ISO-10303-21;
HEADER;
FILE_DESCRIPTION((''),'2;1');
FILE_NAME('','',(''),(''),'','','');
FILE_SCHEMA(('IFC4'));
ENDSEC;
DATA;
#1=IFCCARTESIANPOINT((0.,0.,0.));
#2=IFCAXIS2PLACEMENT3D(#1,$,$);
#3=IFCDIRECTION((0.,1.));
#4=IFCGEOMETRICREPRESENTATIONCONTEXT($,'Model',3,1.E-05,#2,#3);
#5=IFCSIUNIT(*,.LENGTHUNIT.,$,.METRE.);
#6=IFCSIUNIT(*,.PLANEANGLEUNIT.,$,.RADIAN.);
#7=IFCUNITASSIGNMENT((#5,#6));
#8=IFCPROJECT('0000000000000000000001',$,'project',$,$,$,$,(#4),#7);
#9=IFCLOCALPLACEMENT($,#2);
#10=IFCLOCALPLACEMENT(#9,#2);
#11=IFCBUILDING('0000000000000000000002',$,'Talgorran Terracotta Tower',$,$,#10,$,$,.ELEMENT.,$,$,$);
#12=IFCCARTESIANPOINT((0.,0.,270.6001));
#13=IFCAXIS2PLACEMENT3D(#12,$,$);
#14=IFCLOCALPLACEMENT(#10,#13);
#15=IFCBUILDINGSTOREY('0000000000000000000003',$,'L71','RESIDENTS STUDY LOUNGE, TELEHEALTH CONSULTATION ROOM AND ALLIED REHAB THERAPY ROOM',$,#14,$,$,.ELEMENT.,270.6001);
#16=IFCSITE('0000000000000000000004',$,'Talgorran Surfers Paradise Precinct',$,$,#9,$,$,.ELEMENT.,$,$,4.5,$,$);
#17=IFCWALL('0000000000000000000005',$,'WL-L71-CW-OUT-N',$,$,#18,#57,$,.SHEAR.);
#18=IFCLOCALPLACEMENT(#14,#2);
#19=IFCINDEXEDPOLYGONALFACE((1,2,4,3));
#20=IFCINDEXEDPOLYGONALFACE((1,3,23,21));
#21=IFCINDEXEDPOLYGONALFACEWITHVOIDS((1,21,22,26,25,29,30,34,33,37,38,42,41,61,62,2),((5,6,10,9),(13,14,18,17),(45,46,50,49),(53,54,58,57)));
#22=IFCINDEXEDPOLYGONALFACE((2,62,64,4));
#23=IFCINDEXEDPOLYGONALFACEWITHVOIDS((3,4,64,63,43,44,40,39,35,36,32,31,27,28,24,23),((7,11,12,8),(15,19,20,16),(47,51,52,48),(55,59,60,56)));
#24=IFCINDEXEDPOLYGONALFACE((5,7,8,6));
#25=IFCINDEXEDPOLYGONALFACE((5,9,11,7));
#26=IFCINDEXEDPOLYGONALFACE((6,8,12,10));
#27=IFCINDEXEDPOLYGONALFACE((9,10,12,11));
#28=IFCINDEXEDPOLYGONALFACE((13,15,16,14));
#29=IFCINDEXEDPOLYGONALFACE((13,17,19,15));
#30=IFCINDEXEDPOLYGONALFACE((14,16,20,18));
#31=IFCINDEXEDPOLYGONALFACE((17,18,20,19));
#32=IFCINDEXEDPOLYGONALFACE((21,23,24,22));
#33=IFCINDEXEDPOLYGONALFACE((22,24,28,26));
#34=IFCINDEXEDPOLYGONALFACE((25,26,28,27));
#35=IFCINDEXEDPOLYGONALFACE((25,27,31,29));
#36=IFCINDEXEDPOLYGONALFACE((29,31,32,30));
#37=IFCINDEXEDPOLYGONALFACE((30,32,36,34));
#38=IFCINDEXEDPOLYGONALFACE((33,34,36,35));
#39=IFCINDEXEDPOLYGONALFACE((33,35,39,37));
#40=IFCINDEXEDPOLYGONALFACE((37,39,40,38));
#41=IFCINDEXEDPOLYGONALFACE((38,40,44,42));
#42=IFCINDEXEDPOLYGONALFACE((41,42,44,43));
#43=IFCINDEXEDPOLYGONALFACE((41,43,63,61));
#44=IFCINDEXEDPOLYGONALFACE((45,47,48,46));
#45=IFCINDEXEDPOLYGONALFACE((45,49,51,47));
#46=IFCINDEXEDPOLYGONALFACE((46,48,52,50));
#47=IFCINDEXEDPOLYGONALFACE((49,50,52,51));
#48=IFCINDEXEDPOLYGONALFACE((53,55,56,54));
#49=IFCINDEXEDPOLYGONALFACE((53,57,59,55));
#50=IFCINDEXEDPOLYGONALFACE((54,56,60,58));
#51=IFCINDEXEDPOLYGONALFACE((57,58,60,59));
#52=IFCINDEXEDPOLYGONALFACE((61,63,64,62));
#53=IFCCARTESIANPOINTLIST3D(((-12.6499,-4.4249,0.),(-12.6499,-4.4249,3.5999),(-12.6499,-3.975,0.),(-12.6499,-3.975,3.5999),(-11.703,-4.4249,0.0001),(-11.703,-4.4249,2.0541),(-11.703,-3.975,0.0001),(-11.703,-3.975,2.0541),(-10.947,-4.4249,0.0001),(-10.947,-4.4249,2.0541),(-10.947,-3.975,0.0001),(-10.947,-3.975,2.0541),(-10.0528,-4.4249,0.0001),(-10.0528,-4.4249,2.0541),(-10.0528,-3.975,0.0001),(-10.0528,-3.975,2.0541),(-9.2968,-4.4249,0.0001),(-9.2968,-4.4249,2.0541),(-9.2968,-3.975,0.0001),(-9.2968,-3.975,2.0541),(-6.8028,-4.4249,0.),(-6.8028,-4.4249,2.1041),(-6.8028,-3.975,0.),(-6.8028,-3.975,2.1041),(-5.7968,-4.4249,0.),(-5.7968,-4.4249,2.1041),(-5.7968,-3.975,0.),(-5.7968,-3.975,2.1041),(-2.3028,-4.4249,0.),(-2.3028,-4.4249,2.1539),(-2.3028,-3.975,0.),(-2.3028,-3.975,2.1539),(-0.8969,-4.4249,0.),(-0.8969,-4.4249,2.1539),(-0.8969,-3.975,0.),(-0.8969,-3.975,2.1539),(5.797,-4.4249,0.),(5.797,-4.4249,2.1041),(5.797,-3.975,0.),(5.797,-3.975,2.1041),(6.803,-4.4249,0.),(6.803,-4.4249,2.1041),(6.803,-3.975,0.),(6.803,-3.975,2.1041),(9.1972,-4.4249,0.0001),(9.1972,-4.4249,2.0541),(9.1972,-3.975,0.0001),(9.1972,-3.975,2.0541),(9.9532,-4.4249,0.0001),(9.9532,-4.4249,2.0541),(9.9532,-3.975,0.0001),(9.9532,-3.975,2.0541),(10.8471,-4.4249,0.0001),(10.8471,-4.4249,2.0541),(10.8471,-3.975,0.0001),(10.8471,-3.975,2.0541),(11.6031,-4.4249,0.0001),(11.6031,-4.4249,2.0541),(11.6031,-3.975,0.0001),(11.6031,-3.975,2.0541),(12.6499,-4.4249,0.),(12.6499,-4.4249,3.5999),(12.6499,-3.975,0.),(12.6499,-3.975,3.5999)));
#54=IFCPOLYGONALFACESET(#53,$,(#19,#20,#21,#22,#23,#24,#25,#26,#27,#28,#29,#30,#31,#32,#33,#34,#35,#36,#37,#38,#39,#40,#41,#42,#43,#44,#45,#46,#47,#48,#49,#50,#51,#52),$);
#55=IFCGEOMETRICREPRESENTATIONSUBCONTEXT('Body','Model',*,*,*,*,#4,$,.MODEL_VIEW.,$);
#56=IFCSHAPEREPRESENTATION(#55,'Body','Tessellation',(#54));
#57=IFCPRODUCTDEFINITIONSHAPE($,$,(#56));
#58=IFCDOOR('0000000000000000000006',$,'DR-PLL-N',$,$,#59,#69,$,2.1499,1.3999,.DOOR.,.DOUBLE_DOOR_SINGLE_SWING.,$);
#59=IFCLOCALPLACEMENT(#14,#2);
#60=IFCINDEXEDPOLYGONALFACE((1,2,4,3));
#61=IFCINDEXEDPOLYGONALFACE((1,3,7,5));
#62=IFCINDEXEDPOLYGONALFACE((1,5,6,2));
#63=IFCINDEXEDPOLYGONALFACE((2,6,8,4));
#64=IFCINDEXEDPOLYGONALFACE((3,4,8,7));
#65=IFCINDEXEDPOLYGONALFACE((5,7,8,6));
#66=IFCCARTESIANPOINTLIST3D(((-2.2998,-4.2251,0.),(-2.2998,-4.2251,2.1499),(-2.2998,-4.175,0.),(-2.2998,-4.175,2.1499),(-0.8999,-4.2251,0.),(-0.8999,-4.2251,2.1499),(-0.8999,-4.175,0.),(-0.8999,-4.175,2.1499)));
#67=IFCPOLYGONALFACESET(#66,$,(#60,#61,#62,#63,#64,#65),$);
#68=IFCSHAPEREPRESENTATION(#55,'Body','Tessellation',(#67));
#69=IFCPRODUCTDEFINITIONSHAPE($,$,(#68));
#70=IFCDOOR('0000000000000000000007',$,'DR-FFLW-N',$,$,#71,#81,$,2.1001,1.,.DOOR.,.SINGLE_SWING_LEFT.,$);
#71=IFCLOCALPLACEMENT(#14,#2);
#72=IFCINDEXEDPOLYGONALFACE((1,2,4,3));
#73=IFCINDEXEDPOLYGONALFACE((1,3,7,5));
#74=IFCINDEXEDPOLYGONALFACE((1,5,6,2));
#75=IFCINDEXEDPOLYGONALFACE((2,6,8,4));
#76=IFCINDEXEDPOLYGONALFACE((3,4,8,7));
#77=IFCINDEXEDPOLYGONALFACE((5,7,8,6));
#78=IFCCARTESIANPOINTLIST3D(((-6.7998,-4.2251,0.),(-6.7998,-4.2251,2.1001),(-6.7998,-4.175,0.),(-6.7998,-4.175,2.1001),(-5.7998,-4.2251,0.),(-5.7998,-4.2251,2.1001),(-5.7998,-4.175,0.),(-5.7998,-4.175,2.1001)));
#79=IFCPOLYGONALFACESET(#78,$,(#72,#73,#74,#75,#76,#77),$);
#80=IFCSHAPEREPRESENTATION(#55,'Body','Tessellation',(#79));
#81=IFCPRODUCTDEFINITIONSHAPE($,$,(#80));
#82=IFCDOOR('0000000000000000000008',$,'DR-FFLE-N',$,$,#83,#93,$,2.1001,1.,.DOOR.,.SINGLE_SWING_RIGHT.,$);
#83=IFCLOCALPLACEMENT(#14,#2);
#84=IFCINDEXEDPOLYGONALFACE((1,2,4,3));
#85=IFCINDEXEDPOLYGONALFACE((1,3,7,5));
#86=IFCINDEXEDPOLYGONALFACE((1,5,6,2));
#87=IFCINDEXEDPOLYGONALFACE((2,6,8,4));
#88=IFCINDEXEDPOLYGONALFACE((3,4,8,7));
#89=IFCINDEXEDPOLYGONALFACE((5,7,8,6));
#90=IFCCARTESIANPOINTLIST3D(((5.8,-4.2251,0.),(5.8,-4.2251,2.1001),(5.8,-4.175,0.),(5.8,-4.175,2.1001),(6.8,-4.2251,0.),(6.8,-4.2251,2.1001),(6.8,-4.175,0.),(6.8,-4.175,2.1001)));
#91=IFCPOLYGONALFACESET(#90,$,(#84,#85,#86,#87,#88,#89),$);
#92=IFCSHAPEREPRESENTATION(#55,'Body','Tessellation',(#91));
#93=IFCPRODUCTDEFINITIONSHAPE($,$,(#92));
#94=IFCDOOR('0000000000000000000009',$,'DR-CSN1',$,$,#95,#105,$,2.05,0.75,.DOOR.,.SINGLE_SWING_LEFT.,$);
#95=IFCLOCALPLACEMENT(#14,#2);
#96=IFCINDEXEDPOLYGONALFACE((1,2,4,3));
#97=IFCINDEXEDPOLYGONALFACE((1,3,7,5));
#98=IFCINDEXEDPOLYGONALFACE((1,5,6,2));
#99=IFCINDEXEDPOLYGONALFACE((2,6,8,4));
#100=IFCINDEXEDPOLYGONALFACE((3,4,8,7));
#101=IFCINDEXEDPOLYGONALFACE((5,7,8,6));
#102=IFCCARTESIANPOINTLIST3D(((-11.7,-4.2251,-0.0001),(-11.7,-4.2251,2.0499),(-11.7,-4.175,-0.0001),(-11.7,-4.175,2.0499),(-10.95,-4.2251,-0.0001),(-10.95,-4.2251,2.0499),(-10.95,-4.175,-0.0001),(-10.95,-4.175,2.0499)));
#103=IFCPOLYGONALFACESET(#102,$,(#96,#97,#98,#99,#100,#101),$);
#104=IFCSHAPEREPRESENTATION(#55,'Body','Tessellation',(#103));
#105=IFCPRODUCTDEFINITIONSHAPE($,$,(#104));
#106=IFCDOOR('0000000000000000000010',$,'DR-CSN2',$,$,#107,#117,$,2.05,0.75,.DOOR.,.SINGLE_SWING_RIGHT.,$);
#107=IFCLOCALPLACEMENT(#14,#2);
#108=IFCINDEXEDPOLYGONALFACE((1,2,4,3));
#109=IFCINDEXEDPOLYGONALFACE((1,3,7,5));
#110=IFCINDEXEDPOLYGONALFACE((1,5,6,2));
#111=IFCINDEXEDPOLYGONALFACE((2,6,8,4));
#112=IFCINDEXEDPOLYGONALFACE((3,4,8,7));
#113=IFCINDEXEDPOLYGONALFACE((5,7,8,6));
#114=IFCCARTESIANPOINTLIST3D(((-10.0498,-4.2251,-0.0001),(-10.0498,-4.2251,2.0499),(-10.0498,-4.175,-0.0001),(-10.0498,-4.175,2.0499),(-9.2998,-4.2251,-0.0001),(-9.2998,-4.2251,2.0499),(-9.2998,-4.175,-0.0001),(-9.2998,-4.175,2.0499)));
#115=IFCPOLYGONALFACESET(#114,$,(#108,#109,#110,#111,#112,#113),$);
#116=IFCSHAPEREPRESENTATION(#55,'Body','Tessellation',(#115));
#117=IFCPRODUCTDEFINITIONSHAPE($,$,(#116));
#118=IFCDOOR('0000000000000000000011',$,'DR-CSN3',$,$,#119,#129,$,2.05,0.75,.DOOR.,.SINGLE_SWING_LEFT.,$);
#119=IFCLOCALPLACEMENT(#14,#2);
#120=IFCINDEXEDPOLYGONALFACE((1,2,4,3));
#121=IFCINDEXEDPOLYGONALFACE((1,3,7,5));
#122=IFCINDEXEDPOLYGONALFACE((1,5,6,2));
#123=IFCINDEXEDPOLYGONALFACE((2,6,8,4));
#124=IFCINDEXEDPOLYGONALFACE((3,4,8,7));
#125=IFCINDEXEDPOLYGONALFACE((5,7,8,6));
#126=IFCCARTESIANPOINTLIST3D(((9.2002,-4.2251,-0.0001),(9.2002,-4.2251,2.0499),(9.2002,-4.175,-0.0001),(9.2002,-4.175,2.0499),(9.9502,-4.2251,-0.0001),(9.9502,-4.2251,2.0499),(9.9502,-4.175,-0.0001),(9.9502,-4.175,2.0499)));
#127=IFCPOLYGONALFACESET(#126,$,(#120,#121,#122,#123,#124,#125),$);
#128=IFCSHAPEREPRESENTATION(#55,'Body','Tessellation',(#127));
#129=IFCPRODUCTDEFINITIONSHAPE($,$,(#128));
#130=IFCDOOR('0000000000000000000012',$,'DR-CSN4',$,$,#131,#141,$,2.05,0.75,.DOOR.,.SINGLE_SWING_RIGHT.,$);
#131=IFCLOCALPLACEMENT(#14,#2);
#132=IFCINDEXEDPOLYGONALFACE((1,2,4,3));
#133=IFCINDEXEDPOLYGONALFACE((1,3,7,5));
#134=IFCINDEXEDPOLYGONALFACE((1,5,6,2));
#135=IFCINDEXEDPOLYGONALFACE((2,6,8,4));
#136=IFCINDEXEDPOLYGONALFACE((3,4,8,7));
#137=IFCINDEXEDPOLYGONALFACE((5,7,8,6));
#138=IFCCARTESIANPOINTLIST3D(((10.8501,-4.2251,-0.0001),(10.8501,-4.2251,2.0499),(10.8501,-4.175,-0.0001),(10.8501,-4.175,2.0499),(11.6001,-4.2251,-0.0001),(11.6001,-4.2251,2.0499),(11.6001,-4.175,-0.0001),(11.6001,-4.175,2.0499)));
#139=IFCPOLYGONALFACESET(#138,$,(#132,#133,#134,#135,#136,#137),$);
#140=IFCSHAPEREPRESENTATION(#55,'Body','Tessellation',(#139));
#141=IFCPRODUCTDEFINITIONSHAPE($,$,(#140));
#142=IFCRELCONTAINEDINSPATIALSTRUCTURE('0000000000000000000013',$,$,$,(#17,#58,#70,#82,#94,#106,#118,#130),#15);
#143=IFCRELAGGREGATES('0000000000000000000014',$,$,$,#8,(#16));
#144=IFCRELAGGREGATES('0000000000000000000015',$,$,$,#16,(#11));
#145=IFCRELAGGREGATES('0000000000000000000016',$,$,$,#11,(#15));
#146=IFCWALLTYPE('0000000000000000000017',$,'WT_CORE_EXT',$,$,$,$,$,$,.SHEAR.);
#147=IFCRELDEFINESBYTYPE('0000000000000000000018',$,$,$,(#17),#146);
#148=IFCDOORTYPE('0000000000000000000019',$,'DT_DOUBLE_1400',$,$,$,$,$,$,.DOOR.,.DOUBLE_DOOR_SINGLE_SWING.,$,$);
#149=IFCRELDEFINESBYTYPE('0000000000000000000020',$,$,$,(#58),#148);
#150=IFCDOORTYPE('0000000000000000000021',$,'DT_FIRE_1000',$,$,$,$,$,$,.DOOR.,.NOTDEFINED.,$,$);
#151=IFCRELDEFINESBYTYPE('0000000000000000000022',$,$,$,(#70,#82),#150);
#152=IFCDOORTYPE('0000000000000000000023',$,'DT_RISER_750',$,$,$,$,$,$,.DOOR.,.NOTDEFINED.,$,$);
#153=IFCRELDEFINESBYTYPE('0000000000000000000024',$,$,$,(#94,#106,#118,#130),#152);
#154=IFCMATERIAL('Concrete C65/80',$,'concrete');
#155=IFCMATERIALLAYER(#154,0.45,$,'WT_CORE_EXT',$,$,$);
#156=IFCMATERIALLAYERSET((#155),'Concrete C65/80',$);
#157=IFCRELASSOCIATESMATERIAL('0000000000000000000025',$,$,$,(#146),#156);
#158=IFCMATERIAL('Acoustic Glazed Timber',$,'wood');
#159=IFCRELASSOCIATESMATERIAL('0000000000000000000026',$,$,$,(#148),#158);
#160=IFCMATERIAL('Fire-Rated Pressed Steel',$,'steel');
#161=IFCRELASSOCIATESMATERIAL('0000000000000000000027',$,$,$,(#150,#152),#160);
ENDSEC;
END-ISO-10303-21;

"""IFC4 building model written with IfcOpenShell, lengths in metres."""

from ifc_helpers import new_model, si_unit, direction, frame, frame_2d, origin, place, context, subcontext, project, spatial, rectangle, extrude, material, layer, layer_set, type_object, element, fill, save


model = new_model("IFC4")

# Units and contexts
model_context = context("Model", 3, precision=1e-05, world=origin(), true_north=direction((0.0, 1.0)))
body_context = subcontext(model_context, "Body", "Model", "MODEL_VIEW")
ifc_project = project(units=[si_unit("LENGTHUNIT", "METRE"), si_unit("PLANEANGLEUNIT", "RADIAN")], contexts=[model_context])

# Site, building, storey
site_placement = place(None, origin())
site = spatial("IfcSite", under=ifc_project, at=site_placement, Name="Talgorran Surfers Paradise Precinct", CompositionType="ELEMENT", RefElevation=4.5)
building_placement = place(site_placement, origin())
building = spatial("IfcBuilding", under=site, at=building_placement, Name="Talgorran Terracotta Tower", CompositionType="ELEMENT")
storey_placement = place(building_placement, frame((0.0, 0.0, 270.6001)))
storey = spatial("IfcBuildingStorey", under=building, at=storey_placement, Name="L71", Description="RESIDENTS STUDY LOUNGE, TELEHEALTH CONSULTATION ROOM AND ALLIED REHAB THERAPY ROOM", CompositionType="ELEMENT", Elevation=270.6001)

# Wall, openings, doors
ifc_material_1 = material(Name="Concrete C65/80", Category="concrete")
ifc_layer_1 = layer(ifc_material_1, 0.45, Name="WT_CORE_EXT")
ifc_layer_set_1 = layer_set([ifc_layer_1], Name="Concrete C65/80")
wall_type_1 = type_object("IfcWallType", Name="WT_CORE_EXT", PredefinedType="SHEAR", material=ifc_layer_set_1)
wall_1_placement = place(storey_placement, frame((-12.6499, -4.2, 0.0), z_axis=(0.0, 0.0, 1.0), x_axis=(1.0, 0.0, 0.0)))
wall_1 = element("IfcWall", 1, at=wall_1_placement, inside=storey, type_object=wall_type_1, Name="WL-L71-CW-OUT-N", PredefinedType="SHEAR", context=body_context, shape_type="SweptSolid", body=[
    extrude(rectangle(XDim=25.2998, YDim=0.45, at=frame_2d((12.6499, 0.0))), origin(), (0.0, 0.0, 1.0), 3.5999),
])
opening_1_placement = place(wall_1_placement, frame((0.95, 0.0, 0.0)))
opening_1 = element("IfcOpeningElement", 2, at=opening_1_placement, cuts=wall_1, PredefinedType="OPENING", context=body_context, shape_type="SweptSolid", body=[
    extrude(rectangle(XDim=0.756, YDim=2.054, at=frame_2d((0.375, 1.0271))), frame((0.0, 0.2349, 0.0), z_axis=(0.0, -1.0, 0.0), x_axis=(1.0, 0.0, 0.0)), (0.0, 0.0, 1.0), 0.47),
])
opening_2_placement = place(wall_1_placement, frame((2.6001, 0.0, 0.0)))
opening_2 = element("IfcOpeningElement", 3, at=opening_2_placement, cuts=wall_1, PredefinedType="OPENING", context=body_context, shape_type="SweptSolid", body=[
    extrude(rectangle(XDim=0.756, YDim=2.054, at=frame_2d((0.375, 1.0271))), frame((0.0, 0.2349, 0.0), z_axis=(0.0, -1.0, 0.0), x_axis=(1.0, 0.0, 0.0)), (0.0, 0.0, 1.0), 0.47),
])
opening_3_placement = place(wall_1_placement, frame((21.8501, 0.0, 0.0)))
opening_3 = element("IfcOpeningElement", 4, at=opening_3_placement, cuts=wall_1, PredefinedType="OPENING", context=body_context, shape_type="SweptSolid", body=[
    extrude(rectangle(XDim=0.756, YDim=2.054, at=frame_2d((0.375, 1.0271))), frame((0.0, 0.2349, 0.0), z_axis=(0.0, -1.0, 0.0), x_axis=(1.0, 0.0, 0.0)), (0.0, 0.0, 1.0), 0.47),
])
opening_4_placement = place(wall_1_placement, frame((23.5, 0.0, 0.0)))
opening_4 = element("IfcOpeningElement", 5, at=opening_4_placement, cuts=wall_1, PredefinedType="OPENING", context=body_context, shape_type="SweptSolid", body=[
    extrude(rectangle(XDim=0.756, YDim=2.054, at=frame_2d((0.375, 1.0271))), frame((0.0, 0.2349, 0.0), z_axis=(0.0, -1.0, 0.0), x_axis=(1.0, 0.0, 0.0)), (0.0, 0.0, 1.0), 0.47),
])
opening_5_placement = place(wall_1_placement, frame((5.8501, 0.0, 0.0)))
opening_5 = element("IfcOpeningElement", 6, at=opening_5_placement, cuts=wall_1, PredefinedType="OPENING", context=body_context, shape_type="SweptSolid", body=[
    extrude(rectangle(XDim=1.006, YDim=2.1041, at=frame_2d((0.5, 1.052))), frame((0.0, 0.2349, 0.0), z_axis=(0.0, -1.0, 0.0), x_axis=(1.0, 0.0, 0.0)), (0.0, 0.0, 1.0), 0.47),
])
opening_6_placement = place(wall_1_placement, frame((10.3501, 0.0, 0.0)))
opening_6 = element("IfcOpeningElement", 7, at=opening_6_placement, cuts=wall_1, PredefinedType="OPENING", context=body_context, shape_type="SweptSolid", body=[
    extrude(rectangle(XDim=1.4059, YDim=2.1539, at=frame_2d((0.7, 1.0769))), frame((0.0, 0.2349, 0.0), z_axis=(0.0, -1.0, 0.0), x_axis=(1.0, 0.0, 0.0)), (0.0, 0.0, 1.0), 0.47),
])
opening_7_placement = place(wall_1_placement, frame((18.45, 0.0, 0.0)))
opening_7 = element("IfcOpeningElement", 8, at=opening_7_placement, cuts=wall_1, PredefinedType="OPENING", context=body_context, shape_type="SweptSolid", body=[
    extrude(rectangle(XDim=1.006, YDim=2.1041, at=frame_2d((0.5, 1.052))), frame((0.0, 0.2349, 0.0), z_axis=(0.0, -1.0, 0.0), x_axis=(1.0, 0.0, 0.0)), (0.0, 0.0, 1.0), 0.47),
])
ifc_material_2 = material(Name="Acoustic Glazed Timber", Category="wood")
door_type_1 = type_object("IfcDoorType", Name="DT_DOUBLE_1400", OperationType="DOUBLE_DOOR_SINGLE_SWING", PredefinedType="DOOR", material=ifc_material_2)
door_1_placement = place(opening_6_placement, origin())
door_1 = element("IfcDoor", 9, at=door_1_placement, inside=storey, type_object=door_type_1, Name="DR-PLL-N", OperationType="DOUBLE_DOOR_SINGLE_SWING", OverallHeight=2.1499, OverallWidth=1.3999, PredefinedType="DOOR", context=body_context, shape_type="SweptSolid", body=[
    extrude(rectangle(XDim=1.3999, YDim=2.1499, at=frame_2d((0.7, 1.075))), frame((0.0, 0.0249, 0.0), z_axis=(0.0, -1.0, 0.0), x_axis=(1.0, 0.0, 0.0)), (0.0, 0.0, 1.0), 0.05),
])
fill(opening_6, door_1)
ifc_material_3 = material(Name="Fire-Rated Pressed Steel", Category="steel")
door_type_2 = type_object("IfcDoorType", Name="DT_FIRE_1000", OperationType="NOTDEFINED", PredefinedType="DOOR", material=ifc_material_3)
door_2_placement = place(opening_5_placement, origin())
door_2 = element("IfcDoor", 10, at=door_2_placement, inside=storey, type_object=door_type_2, Name="DR-FFLW-N", OperationType="SINGLE_SWING_LEFT", OverallHeight=2.1001, OverallWidth=1.0, PredefinedType="DOOR", context=body_context, shape_type="SweptSolid", body=[
    extrude(rectangle(XDim=1.0, YDim=2.1001, at=frame_2d((0.5, 1.05))), frame((0.0, 0.0249, 0.0), z_axis=(0.0, -1.0, 0.0), x_axis=(1.0, 0.0, 0.0)), (0.0, 0.0, 1.0), 0.05),
])
fill(opening_5, door_2)
door_3_placement = place(opening_7_placement, origin())
door_3 = element("IfcDoor", 11, at=door_3_placement, inside=storey, type_object=door_type_2, Name="DR-FFLE-N", OperationType="SINGLE_SWING_RIGHT", OverallHeight=2.1001, OverallWidth=1.0, PredefinedType="DOOR", context=body_context, shape_type="SweptSolid", body=[
    extrude(rectangle(XDim=1.0, YDim=2.1001, at=frame_2d((0.5, 1.05))), frame((0.0, 0.0249, 0.0), z_axis=(0.0, -1.0, 0.0), x_axis=(1.0, 0.0, 0.0)), (0.0, 0.0, 1.0), 0.05),
])
fill(opening_7, door_3)
door_type_3 = type_object("IfcDoorType", Name="DT_RISER_750", OperationType="NOTDEFINED", PredefinedType="DOOR", material=ifc_material_3)
door_4_placement = place(opening_1_placement, origin())
door_4 = element("IfcDoor", 12, at=door_4_placement, inside=storey, type_object=door_type_3, Name="DR-CSN1", OperationType="SINGLE_SWING_LEFT", OverallHeight=2.05, OverallWidth=0.75, PredefinedType="DOOR", context=body_context, shape_type="SweptSolid", body=[
    extrude(rectangle(XDim=0.75, YDim=2.05, at=frame_2d((0.375, 1.0249))), frame((0.0, 0.0249, 0.0), z_axis=(0.0, -1.0, 0.0), x_axis=(1.0, 0.0, 0.0)), (0.0, 0.0, 1.0), 0.05),
])
fill(opening_1, door_4)
door_5_placement = place(opening_2_placement, origin())
door_5 = element("IfcDoor", 13, at=door_5_placement, inside=storey, type_object=door_type_3, Name="DR-CSN2", OperationType="SINGLE_SWING_RIGHT", OverallHeight=2.05, OverallWidth=0.75, PredefinedType="DOOR", context=body_context, shape_type="SweptSolid", body=[
    extrude(rectangle(XDim=0.75, YDim=2.05, at=frame_2d((0.375, 1.0249))), frame((0.0, 0.0249, 0.0), z_axis=(0.0, -1.0, 0.0), x_axis=(1.0, 0.0, 0.0)), (0.0, 0.0, 1.0), 0.05),
])
fill(opening_2, door_5)
door_6_placement = place(opening_3_placement, origin())
door_6 = element("IfcDoor", 14, at=door_6_placement, inside=storey, type_object=door_type_3, Name="DR-CSN3", OperationType="SINGLE_SWING_LEFT", OverallHeight=2.05, OverallWidth=0.75, PredefinedType="DOOR", context=body_context, shape_type="SweptSolid", body=[
    extrude(rectangle(XDim=0.75, YDim=2.05, at=frame_2d((0.375, 1.0249))), frame((0.0, 0.0249, 0.0), z_axis=(0.0, -1.0, 0.0), x_axis=(1.0, 0.0, 0.0)), (0.0, 0.0, 1.0), 0.05),
])
fill(opening_3, door_6)
door_7_placement = place(opening_4_placement, origin())
door_7 = element("IfcDoor", 15, at=door_7_placement, inside=storey, type_object=door_type_3, Name="DR-CSN4", OperationType="SINGLE_SWING_RIGHT", OverallHeight=2.05, OverallWidth=0.75, PredefinedType="DOOR", context=body_context, shape_type="SweptSolid", body=[
    extrude(rectangle(XDim=0.75, YDim=2.05, at=frame_2d((0.375, 1.0249))), frame((0.0, 0.0249, 0.0), z_axis=(0.0, -1.0, 0.0), x_axis=(1.0, 0.0, 0.0)), (0.0, 0.0, 1.0), 0.05),
])
fill(opening_4, door_7)

save(model, "model.ifc")
